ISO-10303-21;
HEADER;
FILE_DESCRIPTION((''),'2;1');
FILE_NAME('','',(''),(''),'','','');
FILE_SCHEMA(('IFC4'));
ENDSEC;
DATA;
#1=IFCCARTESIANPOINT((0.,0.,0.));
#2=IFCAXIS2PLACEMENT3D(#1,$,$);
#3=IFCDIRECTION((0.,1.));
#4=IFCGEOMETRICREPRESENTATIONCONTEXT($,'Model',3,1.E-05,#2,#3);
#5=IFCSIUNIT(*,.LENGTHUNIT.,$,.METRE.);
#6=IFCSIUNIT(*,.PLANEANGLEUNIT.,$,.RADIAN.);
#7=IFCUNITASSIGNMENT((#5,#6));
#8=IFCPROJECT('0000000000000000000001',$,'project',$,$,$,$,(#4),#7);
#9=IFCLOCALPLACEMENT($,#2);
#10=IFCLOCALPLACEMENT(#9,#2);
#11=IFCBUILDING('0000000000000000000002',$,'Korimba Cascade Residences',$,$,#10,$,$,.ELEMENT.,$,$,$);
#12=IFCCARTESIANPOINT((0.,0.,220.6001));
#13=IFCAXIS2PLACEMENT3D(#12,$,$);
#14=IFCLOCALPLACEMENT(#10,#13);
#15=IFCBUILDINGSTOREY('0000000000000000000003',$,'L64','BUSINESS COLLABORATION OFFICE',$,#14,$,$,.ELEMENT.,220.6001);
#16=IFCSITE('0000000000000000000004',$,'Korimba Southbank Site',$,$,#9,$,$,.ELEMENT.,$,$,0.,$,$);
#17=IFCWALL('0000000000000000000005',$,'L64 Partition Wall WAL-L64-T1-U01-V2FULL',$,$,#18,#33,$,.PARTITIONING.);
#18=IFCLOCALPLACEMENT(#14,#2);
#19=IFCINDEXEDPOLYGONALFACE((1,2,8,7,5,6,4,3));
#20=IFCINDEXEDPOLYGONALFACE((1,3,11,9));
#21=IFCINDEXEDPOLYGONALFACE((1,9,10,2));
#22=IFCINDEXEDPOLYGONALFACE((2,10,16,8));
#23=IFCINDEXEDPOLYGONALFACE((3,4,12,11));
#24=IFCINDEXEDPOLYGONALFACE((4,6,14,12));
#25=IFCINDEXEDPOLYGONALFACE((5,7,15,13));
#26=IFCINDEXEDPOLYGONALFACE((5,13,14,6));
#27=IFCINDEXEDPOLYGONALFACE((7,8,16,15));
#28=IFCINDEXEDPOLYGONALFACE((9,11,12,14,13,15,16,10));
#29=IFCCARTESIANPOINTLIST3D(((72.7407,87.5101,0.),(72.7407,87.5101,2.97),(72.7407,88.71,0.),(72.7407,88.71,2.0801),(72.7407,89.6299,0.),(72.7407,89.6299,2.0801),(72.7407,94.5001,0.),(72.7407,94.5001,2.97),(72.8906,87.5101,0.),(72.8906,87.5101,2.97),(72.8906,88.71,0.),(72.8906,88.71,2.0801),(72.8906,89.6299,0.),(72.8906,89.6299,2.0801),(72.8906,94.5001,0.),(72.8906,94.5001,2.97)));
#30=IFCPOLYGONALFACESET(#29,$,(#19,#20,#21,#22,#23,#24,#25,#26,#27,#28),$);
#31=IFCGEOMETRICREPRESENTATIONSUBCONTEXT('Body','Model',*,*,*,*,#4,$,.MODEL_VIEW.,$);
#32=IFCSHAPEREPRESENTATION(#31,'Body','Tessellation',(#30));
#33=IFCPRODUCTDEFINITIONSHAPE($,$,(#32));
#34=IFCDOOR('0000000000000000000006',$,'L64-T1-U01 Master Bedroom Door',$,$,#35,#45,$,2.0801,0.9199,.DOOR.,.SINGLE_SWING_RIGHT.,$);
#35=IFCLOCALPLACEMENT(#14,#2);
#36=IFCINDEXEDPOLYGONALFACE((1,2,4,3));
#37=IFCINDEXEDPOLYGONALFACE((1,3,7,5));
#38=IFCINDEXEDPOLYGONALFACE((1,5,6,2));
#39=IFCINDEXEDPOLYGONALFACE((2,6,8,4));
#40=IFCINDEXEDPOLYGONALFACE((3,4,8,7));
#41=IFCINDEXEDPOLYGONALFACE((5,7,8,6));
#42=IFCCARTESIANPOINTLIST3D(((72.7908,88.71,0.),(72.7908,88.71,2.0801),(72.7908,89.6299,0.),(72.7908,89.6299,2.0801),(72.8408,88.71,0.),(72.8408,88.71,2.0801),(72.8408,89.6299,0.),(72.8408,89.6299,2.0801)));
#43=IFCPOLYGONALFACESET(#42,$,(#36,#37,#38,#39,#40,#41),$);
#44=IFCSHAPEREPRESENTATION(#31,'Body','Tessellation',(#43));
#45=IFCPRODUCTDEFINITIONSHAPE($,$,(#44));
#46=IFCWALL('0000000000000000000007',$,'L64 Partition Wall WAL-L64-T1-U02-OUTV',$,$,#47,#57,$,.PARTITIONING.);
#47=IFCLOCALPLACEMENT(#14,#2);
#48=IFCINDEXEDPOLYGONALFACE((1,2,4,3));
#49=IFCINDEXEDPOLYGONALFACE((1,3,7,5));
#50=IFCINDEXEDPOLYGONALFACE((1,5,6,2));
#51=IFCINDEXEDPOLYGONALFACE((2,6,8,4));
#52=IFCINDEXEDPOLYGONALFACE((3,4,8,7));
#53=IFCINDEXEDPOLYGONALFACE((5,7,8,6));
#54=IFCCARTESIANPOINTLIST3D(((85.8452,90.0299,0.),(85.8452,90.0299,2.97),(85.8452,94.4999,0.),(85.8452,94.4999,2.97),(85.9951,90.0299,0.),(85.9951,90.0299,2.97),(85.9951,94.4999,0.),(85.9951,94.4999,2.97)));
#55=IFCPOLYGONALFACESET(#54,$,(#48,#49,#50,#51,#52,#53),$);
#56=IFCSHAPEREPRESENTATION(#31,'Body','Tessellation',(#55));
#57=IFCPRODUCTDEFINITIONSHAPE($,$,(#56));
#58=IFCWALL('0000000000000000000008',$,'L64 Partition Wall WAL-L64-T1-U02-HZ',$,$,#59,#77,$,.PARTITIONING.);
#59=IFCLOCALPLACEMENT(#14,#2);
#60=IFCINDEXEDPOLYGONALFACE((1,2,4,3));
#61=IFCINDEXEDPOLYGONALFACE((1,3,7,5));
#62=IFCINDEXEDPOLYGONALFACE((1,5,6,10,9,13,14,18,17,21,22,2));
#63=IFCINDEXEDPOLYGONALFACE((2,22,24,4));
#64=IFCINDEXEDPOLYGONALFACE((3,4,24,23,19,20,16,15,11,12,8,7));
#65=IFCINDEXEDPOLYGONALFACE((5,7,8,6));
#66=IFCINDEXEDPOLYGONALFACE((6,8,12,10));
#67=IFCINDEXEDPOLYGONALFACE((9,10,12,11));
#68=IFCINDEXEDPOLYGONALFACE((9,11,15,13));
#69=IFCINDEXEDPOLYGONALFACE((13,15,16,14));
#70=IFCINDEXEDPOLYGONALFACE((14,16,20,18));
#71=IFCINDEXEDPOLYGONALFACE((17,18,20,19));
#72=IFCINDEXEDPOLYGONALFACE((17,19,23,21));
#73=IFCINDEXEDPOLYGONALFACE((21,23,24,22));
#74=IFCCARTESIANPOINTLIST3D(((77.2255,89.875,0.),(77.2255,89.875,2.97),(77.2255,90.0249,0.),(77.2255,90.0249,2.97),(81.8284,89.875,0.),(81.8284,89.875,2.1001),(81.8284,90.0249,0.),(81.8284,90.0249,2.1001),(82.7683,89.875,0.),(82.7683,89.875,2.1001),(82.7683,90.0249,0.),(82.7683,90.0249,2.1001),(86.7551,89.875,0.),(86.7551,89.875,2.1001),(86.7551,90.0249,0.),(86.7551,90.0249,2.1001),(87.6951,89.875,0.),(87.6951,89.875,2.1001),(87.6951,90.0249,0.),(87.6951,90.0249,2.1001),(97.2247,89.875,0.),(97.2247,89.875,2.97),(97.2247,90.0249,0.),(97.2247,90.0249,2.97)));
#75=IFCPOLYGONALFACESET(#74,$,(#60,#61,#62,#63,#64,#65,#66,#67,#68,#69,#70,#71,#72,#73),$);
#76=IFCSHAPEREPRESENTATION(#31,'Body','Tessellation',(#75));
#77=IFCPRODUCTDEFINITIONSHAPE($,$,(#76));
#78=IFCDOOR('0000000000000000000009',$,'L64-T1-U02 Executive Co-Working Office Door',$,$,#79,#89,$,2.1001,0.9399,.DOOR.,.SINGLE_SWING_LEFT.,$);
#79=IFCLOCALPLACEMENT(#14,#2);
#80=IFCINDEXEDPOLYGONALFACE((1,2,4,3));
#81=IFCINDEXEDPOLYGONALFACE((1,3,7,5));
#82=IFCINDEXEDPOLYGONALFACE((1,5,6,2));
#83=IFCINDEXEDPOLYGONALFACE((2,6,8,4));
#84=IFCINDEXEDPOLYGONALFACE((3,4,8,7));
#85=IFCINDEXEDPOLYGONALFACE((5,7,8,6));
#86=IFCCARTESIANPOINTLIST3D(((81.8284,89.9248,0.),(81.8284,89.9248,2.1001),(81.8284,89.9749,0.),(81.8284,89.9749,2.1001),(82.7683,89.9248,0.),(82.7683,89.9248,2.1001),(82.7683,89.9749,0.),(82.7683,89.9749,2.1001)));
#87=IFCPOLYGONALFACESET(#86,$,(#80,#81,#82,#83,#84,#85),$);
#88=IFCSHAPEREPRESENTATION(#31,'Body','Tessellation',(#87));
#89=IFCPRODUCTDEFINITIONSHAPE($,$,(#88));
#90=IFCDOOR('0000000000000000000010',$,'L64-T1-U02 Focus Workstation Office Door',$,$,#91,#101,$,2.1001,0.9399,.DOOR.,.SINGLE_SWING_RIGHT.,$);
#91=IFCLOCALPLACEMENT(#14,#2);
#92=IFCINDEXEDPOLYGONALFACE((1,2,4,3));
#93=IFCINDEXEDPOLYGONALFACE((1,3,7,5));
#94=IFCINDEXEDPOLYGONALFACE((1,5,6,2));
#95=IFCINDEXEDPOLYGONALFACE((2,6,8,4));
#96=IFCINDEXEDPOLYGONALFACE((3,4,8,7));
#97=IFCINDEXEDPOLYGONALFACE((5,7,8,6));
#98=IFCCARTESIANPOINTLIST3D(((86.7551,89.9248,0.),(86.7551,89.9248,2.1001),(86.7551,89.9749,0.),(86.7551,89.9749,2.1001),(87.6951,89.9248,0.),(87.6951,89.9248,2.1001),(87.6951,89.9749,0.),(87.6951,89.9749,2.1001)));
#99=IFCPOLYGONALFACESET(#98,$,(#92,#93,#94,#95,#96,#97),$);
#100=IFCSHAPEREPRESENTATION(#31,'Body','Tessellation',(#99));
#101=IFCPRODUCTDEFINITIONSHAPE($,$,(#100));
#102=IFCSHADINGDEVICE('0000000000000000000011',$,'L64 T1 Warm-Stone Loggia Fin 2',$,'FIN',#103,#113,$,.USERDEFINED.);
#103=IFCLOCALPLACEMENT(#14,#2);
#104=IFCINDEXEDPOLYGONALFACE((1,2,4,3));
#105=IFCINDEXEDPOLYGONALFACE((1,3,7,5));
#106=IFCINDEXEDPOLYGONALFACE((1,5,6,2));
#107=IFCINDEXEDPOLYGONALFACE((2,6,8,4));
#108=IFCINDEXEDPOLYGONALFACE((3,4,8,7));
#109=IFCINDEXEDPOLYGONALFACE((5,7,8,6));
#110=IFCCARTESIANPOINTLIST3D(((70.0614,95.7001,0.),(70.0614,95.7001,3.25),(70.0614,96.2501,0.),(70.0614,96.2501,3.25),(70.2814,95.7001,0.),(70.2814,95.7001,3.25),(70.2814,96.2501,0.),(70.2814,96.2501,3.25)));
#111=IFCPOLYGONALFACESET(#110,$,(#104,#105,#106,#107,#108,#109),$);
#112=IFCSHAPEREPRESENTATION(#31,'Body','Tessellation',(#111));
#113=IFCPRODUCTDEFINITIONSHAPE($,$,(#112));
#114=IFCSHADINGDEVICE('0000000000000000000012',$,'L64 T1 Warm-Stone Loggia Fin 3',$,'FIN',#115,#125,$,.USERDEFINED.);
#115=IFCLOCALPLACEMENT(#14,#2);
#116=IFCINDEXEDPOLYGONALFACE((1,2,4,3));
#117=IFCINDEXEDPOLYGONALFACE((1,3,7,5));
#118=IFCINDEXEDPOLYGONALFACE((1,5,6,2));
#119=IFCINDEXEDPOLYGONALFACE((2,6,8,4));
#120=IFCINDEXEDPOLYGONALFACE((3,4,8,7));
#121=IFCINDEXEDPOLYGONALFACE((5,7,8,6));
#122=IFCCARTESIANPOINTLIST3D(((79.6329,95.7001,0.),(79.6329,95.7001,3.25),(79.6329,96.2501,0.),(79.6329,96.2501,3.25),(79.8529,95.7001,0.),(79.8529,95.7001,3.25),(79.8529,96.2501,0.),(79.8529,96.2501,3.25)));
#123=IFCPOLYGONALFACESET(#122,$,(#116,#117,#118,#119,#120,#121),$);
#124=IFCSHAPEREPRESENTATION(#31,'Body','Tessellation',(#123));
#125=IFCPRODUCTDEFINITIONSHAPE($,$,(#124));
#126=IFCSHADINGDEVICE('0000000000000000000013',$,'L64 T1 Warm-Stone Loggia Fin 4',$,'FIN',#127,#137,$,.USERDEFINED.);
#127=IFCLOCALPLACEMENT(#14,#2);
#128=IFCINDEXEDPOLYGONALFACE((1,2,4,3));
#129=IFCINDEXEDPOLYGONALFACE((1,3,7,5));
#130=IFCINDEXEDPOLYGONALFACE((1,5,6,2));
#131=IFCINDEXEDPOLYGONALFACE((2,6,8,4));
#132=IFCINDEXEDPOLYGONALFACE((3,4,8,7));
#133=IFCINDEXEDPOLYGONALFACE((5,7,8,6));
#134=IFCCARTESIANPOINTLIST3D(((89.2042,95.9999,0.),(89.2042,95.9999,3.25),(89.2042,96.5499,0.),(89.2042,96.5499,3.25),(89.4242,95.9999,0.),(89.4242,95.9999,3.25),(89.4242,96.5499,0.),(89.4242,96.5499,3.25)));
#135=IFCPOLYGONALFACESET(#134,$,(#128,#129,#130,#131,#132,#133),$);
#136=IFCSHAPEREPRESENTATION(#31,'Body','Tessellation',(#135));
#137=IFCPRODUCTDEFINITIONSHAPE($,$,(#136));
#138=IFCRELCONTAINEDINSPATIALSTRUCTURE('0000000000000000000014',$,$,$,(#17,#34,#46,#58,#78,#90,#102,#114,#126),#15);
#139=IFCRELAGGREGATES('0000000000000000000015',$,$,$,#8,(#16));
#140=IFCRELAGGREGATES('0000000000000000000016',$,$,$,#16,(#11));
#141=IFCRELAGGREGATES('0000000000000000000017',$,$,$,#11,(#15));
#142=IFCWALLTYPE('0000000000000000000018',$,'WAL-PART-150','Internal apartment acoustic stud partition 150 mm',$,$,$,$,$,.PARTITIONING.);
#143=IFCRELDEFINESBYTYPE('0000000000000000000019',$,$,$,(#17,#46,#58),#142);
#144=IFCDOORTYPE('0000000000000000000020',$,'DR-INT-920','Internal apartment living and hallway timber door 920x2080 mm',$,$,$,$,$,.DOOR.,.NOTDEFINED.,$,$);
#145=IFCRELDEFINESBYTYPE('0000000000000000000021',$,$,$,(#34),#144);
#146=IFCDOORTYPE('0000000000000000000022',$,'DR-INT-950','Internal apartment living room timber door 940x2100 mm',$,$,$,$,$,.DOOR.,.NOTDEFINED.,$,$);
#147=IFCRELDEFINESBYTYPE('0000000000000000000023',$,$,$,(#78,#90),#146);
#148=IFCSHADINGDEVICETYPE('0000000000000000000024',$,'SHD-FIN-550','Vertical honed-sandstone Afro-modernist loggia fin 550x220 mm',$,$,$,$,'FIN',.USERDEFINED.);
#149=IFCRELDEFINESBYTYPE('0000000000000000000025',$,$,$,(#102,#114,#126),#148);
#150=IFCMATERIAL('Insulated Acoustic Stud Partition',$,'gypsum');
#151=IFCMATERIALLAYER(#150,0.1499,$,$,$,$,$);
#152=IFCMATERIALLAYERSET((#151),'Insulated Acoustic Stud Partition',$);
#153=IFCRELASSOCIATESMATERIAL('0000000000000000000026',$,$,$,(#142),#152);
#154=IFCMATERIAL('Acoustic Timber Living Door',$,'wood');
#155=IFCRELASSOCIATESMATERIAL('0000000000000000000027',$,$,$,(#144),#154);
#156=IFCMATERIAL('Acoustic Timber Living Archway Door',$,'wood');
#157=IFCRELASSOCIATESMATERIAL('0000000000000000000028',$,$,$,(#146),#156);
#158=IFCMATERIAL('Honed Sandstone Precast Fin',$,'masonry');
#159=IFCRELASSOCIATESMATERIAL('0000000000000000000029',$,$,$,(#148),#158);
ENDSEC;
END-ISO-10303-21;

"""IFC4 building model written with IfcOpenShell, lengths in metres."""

from ifc_helpers import new_model, si_unit, direction, frame, frame_2d, origin, origin_2d, place, context, subcontext, project, spatial, rectangle, extrude, material, layer, layer_set, type_object, element, fill, save


model = new_model("IFC4")

# Units and contexts
model_context = context("Model", 3, precision=1e-05, world=origin(), true_north=direction((0.0, 1.0)))
body_context = subcontext(model_context, "Body", "Model", "MODEL_VIEW")
ifc_project = project(units=[si_unit("LENGTHUNIT", "METRE"), si_unit("PLANEANGLEUNIT", "RADIAN")], contexts=[model_context])

# Site, building, storey
site_placement = place(None, origin())
site = spatial("IfcSite", under=ifc_project, at=site_placement, Name="Korimba Southbank Site", CompositionType="ELEMENT", RefElevation=0.0)
building_placement = place(site_placement, origin())
building = spatial("IfcBuilding", under=site, at=building_placement, Name="Korimba Cascade Residences", CompositionType="ELEMENT")
storey_placement = place(building_placement, frame((0.0, 0.0, 220.6001)))
storey = spatial("IfcBuildingStorey", under=building, at=storey_placement, Name="L64", Description="BUSINESS COLLABORATION OFFICE", CompositionType="ELEMENT", Elevation=220.6001)

# Shared definitions
ifc_material_1 = material(Name="Insulated Acoustic Stud Partition", Category="gypsum")
ifc_layer_1 = layer(ifc_material_1, 0.1499)
ifc_layer_set_1 = layer_set([ifc_layer_1], Name="Insulated Acoustic Stud Partition")
wall_type_1 = type_object("IfcWallType", Name="WAL-PART-150", Description="Internal apartment acoustic stud partition 150 mm", PredefinedType="PARTITIONING", material=ifc_layer_set_1)

# Wall, opening, door
wall_1_placement = place(storey_placement, frame((72.8157, 87.51, 0.0), z_axis=(0.0, 0.0, 1.0), x_axis=(0.0, 1.0, 0.0)))
wall_1 = element("IfcWall", 1, at=wall_1_placement, inside=storey, type_object=wall_type_1, Name="L64 Partition Wall WAL-L64-T1-U01-V2FULL", PredefinedType="PARTITIONING", context=body_context, shape_type="SweptSolid", body=[
    extrude(rectangle(XDim=6.99, YDim=0.1499, at=frame_2d((3.4951, 0.0))), origin(), (0.0, 0.0, 1.0), 2.97),
])
opening_1_placement = place(wall_1_placement, frame((1.2, 0.0, 0.0)))
opening_1 = element("IfcOpeningElement", 2, at=opening_1_placement, cuts=wall_1, PredefinedType="OPENING", context=body_context, shape_type="SweptSolid", body=[
    extrude(rectangle(XDim=0.9199, YDim=2.0801, at=frame_2d((0.46, 1.04))), frame((0.0, 0.085, 0.0), z_axis=(0.0, -1.0, 0.0), x_axis=(1.0, 0.0, 0.0)), (0.0, 0.0, 1.0), 0.1699),
])
ifc_material_2 = material(Name="Acoustic Timber Living Door", Category="wood")
door_type_1 = type_object("IfcDoorType", Name="DR-INT-920", Description="Internal apartment living and hallway timber door 920x2080 mm", OperationType="NOTDEFINED", PredefinedType="DOOR", material=ifc_material_2)
door_1_placement = place(opening_1_placement, origin())
door_1 = element("IfcDoor", 3, at=door_1_placement, inside=storey, type_object=door_type_1, Name="L64-T1-U01 Master Bedroom Door", OperationType="SINGLE_SWING_RIGHT", OverallHeight=2.0801, OverallWidth=0.9199, PredefinedType="DOOR", context=body_context, shape_type="SweptSolid", body=[
    extrude(rectangle(XDim=0.9199, YDim=2.0801, at=frame_2d((0.46, 1.04))), frame((0.0, 0.0249, 0.0), z_axis=(0.0, -1.0, 0.0), x_axis=(1.0, 0.0, 0.0)), (0.0, 0.0, 1.0), 0.05),
])
fill(opening_1, door_1)

# Wall
wall_2_placement = place(storey_placement, frame((85.9202, 90.03, 0.0), z_axis=(0.0, 0.0, 1.0), x_axis=(0.0, 1.0, 0.0)))
element("IfcWall", 4, at=wall_2_placement, inside=storey, type_object=wall_type_1, Name="L64 Partition Wall WAL-L64-T1-U02-OUTV", PredefinedType="PARTITIONING", context=body_context, shape_type="SweptSolid", body=[
    extrude(rectangle(XDim=4.47, YDim=0.1499, at=frame_2d((2.2349, 0.0))), origin(), (0.0, 0.0, 1.0), 2.97),
])

# Wall, openings, doors
wall_3_placement = place(storey_placement, frame((77.2256, 89.95, 0.0), z_axis=(0.0, 0.0, 1.0), x_axis=(1.0, 0.0, 0.0)))
wall_3 = element("IfcWall", 5, at=wall_3_placement, inside=storey, type_object=wall_type_1, Name="L64 Partition Wall WAL-L64-T1-U02-HZ", PredefinedType="PARTITIONING", context=body_context, shape_type="SweptSolid", body=[
    extrude(rectangle(XDim=19.9993, YDim=0.1499, at=frame_2d((9.9995, 0.0))), origin(), (0.0, 0.0, 1.0), 2.97),
])
opening_2_placement = place(wall_3_placement, frame((4.6028, 0.0, 0.0)))
opening_2 = element("IfcOpeningElement", 6, at=opening_2_placement, cuts=wall_3, PredefinedType="OPENING", context=body_context, shape_type="SweptSolid", body=[
    extrude(rectangle(XDim=0.9399, YDim=2.1001, at=frame_2d((0.47, 1.05))), frame((0.0, 0.085, 0.0), z_axis=(0.0, -1.0, 0.0), x_axis=(1.0, 0.0, 0.0)), (0.0, 0.0, 1.0), 0.1699),
])
opening_3_placement = place(wall_3_placement, frame((9.5295, 0.0, 0.0)))
opening_3 = element("IfcOpeningElement", 7, at=opening_3_placement, cuts=wall_3, PredefinedType="OPENING", context=body_context, shape_type="SweptSolid", body=[
    extrude(rectangle(XDim=0.9399, YDim=2.1001, at=frame_2d((0.47, 1.05))), frame((0.0, 0.085, 0.0), z_axis=(0.0, -1.0, 0.0), x_axis=(1.0, 0.0, 0.0)), (0.0, 0.0, 1.0), 0.1699),
])
ifc_material_3 = material(Name="Acoustic Timber Living Archway Door", Category="wood")
door_type_2 = type_object("IfcDoorType", Name="DR-INT-950", Description="Internal apartment living room timber door 940x2100 mm", OperationType="NOTDEFINED", PredefinedType="DOOR", material=ifc_material_3)
door_2_placement = place(opening_2_placement, origin())
door_2 = element("IfcDoor", 8, at=door_2_placement, inside=storey, type_object=door_type_2, Name="L64-T1-U02 Executive Co-Working Office Door", OperationType="SINGLE_SWING_LEFT", OverallHeight=2.1001, OverallWidth=0.9399, PredefinedType="DOOR", context=body_context, shape_type="SweptSolid", body=[
    extrude(rectangle(XDim=0.9399, YDim=2.1001, at=frame_2d((0.47, 1.05))), frame((0.0, 0.0249, 0.0), z_axis=(0.0, -1.0, 0.0), x_axis=(1.0, 0.0, 0.0)), (0.0, 0.0, 1.0), 0.05),
])
fill(opening_2, door_2)
door_3_placement = place(opening_3_placement, origin())
door_3 = element("IfcDoor", 9, at=door_3_placement, inside=storey, type_object=door_type_2, Name="L64-T1-U02 Focus Workstation Office Door", OperationType="SINGLE_SWING_RIGHT", OverallHeight=2.1001, OverallWidth=0.9399, PredefinedType="DOOR", context=body_context, shape_type="SweptSolid", body=[
    extrude(rectangle(XDim=0.9399, YDim=2.1001, at=frame_2d((0.47, 1.05))), frame((0.0, 0.0249, 0.0), z_axis=(0.0, -1.0, 0.0), x_axis=(1.0, 0.0, 0.0)), (0.0, 0.0, 1.0), 0.05),
])
fill(opening_3, door_3)

# Shading devices
ifc_material_4 = material(Name="Honed Sandstone Precast Fin", Category="masonry")
shading_device_type = type_object("IfcShadingDeviceType", Name="SHD-FIN-550", Description="Vertical honed-sandstone Afro-modernist loggia fin 550x220 mm", ElementType="FIN", PredefinedType="USERDEFINED", material=ifc_material_4)
for number, where, z_axis, x_axis, name in (
    (10, (70.1714, 95.9751, 0.0), (0.0, 0.0, 1.0), (1.0, 0.0, 0.0), "L64 T1 Warm-Stone Loggia Fin 2"),
    (11, (79.7429, 95.9751, 0.0), (0.0, 0.0, 1.0), (1.0, 0.0, 0.0), "L64 T1 Warm-Stone Loggia Fin 3"),
    (12, (89.3142, 96.2749, 0.0), (0.0, 0.0, 1.0), (1.0, 0.0, 0.0), "L64 T1 Warm-Stone Loggia Fin 4"),
):
    element("IfcShadingDevice", number, at=place(storey_placement, frame(where, z_axis=z_axis, x_axis=x_axis)), inside=storey, type_object=shading_device_type, Name=name, ObjectType="FIN", PredefinedType="USERDEFINED", context=body_context, shape_type="SweptSolid", body=[
        extrude(rectangle(XDim=0.22, YDim=0.55, at=origin_2d()), origin(), (0.0, 0.0, 1.0), 3.25),
    ])

save(model, "model.ifc")
